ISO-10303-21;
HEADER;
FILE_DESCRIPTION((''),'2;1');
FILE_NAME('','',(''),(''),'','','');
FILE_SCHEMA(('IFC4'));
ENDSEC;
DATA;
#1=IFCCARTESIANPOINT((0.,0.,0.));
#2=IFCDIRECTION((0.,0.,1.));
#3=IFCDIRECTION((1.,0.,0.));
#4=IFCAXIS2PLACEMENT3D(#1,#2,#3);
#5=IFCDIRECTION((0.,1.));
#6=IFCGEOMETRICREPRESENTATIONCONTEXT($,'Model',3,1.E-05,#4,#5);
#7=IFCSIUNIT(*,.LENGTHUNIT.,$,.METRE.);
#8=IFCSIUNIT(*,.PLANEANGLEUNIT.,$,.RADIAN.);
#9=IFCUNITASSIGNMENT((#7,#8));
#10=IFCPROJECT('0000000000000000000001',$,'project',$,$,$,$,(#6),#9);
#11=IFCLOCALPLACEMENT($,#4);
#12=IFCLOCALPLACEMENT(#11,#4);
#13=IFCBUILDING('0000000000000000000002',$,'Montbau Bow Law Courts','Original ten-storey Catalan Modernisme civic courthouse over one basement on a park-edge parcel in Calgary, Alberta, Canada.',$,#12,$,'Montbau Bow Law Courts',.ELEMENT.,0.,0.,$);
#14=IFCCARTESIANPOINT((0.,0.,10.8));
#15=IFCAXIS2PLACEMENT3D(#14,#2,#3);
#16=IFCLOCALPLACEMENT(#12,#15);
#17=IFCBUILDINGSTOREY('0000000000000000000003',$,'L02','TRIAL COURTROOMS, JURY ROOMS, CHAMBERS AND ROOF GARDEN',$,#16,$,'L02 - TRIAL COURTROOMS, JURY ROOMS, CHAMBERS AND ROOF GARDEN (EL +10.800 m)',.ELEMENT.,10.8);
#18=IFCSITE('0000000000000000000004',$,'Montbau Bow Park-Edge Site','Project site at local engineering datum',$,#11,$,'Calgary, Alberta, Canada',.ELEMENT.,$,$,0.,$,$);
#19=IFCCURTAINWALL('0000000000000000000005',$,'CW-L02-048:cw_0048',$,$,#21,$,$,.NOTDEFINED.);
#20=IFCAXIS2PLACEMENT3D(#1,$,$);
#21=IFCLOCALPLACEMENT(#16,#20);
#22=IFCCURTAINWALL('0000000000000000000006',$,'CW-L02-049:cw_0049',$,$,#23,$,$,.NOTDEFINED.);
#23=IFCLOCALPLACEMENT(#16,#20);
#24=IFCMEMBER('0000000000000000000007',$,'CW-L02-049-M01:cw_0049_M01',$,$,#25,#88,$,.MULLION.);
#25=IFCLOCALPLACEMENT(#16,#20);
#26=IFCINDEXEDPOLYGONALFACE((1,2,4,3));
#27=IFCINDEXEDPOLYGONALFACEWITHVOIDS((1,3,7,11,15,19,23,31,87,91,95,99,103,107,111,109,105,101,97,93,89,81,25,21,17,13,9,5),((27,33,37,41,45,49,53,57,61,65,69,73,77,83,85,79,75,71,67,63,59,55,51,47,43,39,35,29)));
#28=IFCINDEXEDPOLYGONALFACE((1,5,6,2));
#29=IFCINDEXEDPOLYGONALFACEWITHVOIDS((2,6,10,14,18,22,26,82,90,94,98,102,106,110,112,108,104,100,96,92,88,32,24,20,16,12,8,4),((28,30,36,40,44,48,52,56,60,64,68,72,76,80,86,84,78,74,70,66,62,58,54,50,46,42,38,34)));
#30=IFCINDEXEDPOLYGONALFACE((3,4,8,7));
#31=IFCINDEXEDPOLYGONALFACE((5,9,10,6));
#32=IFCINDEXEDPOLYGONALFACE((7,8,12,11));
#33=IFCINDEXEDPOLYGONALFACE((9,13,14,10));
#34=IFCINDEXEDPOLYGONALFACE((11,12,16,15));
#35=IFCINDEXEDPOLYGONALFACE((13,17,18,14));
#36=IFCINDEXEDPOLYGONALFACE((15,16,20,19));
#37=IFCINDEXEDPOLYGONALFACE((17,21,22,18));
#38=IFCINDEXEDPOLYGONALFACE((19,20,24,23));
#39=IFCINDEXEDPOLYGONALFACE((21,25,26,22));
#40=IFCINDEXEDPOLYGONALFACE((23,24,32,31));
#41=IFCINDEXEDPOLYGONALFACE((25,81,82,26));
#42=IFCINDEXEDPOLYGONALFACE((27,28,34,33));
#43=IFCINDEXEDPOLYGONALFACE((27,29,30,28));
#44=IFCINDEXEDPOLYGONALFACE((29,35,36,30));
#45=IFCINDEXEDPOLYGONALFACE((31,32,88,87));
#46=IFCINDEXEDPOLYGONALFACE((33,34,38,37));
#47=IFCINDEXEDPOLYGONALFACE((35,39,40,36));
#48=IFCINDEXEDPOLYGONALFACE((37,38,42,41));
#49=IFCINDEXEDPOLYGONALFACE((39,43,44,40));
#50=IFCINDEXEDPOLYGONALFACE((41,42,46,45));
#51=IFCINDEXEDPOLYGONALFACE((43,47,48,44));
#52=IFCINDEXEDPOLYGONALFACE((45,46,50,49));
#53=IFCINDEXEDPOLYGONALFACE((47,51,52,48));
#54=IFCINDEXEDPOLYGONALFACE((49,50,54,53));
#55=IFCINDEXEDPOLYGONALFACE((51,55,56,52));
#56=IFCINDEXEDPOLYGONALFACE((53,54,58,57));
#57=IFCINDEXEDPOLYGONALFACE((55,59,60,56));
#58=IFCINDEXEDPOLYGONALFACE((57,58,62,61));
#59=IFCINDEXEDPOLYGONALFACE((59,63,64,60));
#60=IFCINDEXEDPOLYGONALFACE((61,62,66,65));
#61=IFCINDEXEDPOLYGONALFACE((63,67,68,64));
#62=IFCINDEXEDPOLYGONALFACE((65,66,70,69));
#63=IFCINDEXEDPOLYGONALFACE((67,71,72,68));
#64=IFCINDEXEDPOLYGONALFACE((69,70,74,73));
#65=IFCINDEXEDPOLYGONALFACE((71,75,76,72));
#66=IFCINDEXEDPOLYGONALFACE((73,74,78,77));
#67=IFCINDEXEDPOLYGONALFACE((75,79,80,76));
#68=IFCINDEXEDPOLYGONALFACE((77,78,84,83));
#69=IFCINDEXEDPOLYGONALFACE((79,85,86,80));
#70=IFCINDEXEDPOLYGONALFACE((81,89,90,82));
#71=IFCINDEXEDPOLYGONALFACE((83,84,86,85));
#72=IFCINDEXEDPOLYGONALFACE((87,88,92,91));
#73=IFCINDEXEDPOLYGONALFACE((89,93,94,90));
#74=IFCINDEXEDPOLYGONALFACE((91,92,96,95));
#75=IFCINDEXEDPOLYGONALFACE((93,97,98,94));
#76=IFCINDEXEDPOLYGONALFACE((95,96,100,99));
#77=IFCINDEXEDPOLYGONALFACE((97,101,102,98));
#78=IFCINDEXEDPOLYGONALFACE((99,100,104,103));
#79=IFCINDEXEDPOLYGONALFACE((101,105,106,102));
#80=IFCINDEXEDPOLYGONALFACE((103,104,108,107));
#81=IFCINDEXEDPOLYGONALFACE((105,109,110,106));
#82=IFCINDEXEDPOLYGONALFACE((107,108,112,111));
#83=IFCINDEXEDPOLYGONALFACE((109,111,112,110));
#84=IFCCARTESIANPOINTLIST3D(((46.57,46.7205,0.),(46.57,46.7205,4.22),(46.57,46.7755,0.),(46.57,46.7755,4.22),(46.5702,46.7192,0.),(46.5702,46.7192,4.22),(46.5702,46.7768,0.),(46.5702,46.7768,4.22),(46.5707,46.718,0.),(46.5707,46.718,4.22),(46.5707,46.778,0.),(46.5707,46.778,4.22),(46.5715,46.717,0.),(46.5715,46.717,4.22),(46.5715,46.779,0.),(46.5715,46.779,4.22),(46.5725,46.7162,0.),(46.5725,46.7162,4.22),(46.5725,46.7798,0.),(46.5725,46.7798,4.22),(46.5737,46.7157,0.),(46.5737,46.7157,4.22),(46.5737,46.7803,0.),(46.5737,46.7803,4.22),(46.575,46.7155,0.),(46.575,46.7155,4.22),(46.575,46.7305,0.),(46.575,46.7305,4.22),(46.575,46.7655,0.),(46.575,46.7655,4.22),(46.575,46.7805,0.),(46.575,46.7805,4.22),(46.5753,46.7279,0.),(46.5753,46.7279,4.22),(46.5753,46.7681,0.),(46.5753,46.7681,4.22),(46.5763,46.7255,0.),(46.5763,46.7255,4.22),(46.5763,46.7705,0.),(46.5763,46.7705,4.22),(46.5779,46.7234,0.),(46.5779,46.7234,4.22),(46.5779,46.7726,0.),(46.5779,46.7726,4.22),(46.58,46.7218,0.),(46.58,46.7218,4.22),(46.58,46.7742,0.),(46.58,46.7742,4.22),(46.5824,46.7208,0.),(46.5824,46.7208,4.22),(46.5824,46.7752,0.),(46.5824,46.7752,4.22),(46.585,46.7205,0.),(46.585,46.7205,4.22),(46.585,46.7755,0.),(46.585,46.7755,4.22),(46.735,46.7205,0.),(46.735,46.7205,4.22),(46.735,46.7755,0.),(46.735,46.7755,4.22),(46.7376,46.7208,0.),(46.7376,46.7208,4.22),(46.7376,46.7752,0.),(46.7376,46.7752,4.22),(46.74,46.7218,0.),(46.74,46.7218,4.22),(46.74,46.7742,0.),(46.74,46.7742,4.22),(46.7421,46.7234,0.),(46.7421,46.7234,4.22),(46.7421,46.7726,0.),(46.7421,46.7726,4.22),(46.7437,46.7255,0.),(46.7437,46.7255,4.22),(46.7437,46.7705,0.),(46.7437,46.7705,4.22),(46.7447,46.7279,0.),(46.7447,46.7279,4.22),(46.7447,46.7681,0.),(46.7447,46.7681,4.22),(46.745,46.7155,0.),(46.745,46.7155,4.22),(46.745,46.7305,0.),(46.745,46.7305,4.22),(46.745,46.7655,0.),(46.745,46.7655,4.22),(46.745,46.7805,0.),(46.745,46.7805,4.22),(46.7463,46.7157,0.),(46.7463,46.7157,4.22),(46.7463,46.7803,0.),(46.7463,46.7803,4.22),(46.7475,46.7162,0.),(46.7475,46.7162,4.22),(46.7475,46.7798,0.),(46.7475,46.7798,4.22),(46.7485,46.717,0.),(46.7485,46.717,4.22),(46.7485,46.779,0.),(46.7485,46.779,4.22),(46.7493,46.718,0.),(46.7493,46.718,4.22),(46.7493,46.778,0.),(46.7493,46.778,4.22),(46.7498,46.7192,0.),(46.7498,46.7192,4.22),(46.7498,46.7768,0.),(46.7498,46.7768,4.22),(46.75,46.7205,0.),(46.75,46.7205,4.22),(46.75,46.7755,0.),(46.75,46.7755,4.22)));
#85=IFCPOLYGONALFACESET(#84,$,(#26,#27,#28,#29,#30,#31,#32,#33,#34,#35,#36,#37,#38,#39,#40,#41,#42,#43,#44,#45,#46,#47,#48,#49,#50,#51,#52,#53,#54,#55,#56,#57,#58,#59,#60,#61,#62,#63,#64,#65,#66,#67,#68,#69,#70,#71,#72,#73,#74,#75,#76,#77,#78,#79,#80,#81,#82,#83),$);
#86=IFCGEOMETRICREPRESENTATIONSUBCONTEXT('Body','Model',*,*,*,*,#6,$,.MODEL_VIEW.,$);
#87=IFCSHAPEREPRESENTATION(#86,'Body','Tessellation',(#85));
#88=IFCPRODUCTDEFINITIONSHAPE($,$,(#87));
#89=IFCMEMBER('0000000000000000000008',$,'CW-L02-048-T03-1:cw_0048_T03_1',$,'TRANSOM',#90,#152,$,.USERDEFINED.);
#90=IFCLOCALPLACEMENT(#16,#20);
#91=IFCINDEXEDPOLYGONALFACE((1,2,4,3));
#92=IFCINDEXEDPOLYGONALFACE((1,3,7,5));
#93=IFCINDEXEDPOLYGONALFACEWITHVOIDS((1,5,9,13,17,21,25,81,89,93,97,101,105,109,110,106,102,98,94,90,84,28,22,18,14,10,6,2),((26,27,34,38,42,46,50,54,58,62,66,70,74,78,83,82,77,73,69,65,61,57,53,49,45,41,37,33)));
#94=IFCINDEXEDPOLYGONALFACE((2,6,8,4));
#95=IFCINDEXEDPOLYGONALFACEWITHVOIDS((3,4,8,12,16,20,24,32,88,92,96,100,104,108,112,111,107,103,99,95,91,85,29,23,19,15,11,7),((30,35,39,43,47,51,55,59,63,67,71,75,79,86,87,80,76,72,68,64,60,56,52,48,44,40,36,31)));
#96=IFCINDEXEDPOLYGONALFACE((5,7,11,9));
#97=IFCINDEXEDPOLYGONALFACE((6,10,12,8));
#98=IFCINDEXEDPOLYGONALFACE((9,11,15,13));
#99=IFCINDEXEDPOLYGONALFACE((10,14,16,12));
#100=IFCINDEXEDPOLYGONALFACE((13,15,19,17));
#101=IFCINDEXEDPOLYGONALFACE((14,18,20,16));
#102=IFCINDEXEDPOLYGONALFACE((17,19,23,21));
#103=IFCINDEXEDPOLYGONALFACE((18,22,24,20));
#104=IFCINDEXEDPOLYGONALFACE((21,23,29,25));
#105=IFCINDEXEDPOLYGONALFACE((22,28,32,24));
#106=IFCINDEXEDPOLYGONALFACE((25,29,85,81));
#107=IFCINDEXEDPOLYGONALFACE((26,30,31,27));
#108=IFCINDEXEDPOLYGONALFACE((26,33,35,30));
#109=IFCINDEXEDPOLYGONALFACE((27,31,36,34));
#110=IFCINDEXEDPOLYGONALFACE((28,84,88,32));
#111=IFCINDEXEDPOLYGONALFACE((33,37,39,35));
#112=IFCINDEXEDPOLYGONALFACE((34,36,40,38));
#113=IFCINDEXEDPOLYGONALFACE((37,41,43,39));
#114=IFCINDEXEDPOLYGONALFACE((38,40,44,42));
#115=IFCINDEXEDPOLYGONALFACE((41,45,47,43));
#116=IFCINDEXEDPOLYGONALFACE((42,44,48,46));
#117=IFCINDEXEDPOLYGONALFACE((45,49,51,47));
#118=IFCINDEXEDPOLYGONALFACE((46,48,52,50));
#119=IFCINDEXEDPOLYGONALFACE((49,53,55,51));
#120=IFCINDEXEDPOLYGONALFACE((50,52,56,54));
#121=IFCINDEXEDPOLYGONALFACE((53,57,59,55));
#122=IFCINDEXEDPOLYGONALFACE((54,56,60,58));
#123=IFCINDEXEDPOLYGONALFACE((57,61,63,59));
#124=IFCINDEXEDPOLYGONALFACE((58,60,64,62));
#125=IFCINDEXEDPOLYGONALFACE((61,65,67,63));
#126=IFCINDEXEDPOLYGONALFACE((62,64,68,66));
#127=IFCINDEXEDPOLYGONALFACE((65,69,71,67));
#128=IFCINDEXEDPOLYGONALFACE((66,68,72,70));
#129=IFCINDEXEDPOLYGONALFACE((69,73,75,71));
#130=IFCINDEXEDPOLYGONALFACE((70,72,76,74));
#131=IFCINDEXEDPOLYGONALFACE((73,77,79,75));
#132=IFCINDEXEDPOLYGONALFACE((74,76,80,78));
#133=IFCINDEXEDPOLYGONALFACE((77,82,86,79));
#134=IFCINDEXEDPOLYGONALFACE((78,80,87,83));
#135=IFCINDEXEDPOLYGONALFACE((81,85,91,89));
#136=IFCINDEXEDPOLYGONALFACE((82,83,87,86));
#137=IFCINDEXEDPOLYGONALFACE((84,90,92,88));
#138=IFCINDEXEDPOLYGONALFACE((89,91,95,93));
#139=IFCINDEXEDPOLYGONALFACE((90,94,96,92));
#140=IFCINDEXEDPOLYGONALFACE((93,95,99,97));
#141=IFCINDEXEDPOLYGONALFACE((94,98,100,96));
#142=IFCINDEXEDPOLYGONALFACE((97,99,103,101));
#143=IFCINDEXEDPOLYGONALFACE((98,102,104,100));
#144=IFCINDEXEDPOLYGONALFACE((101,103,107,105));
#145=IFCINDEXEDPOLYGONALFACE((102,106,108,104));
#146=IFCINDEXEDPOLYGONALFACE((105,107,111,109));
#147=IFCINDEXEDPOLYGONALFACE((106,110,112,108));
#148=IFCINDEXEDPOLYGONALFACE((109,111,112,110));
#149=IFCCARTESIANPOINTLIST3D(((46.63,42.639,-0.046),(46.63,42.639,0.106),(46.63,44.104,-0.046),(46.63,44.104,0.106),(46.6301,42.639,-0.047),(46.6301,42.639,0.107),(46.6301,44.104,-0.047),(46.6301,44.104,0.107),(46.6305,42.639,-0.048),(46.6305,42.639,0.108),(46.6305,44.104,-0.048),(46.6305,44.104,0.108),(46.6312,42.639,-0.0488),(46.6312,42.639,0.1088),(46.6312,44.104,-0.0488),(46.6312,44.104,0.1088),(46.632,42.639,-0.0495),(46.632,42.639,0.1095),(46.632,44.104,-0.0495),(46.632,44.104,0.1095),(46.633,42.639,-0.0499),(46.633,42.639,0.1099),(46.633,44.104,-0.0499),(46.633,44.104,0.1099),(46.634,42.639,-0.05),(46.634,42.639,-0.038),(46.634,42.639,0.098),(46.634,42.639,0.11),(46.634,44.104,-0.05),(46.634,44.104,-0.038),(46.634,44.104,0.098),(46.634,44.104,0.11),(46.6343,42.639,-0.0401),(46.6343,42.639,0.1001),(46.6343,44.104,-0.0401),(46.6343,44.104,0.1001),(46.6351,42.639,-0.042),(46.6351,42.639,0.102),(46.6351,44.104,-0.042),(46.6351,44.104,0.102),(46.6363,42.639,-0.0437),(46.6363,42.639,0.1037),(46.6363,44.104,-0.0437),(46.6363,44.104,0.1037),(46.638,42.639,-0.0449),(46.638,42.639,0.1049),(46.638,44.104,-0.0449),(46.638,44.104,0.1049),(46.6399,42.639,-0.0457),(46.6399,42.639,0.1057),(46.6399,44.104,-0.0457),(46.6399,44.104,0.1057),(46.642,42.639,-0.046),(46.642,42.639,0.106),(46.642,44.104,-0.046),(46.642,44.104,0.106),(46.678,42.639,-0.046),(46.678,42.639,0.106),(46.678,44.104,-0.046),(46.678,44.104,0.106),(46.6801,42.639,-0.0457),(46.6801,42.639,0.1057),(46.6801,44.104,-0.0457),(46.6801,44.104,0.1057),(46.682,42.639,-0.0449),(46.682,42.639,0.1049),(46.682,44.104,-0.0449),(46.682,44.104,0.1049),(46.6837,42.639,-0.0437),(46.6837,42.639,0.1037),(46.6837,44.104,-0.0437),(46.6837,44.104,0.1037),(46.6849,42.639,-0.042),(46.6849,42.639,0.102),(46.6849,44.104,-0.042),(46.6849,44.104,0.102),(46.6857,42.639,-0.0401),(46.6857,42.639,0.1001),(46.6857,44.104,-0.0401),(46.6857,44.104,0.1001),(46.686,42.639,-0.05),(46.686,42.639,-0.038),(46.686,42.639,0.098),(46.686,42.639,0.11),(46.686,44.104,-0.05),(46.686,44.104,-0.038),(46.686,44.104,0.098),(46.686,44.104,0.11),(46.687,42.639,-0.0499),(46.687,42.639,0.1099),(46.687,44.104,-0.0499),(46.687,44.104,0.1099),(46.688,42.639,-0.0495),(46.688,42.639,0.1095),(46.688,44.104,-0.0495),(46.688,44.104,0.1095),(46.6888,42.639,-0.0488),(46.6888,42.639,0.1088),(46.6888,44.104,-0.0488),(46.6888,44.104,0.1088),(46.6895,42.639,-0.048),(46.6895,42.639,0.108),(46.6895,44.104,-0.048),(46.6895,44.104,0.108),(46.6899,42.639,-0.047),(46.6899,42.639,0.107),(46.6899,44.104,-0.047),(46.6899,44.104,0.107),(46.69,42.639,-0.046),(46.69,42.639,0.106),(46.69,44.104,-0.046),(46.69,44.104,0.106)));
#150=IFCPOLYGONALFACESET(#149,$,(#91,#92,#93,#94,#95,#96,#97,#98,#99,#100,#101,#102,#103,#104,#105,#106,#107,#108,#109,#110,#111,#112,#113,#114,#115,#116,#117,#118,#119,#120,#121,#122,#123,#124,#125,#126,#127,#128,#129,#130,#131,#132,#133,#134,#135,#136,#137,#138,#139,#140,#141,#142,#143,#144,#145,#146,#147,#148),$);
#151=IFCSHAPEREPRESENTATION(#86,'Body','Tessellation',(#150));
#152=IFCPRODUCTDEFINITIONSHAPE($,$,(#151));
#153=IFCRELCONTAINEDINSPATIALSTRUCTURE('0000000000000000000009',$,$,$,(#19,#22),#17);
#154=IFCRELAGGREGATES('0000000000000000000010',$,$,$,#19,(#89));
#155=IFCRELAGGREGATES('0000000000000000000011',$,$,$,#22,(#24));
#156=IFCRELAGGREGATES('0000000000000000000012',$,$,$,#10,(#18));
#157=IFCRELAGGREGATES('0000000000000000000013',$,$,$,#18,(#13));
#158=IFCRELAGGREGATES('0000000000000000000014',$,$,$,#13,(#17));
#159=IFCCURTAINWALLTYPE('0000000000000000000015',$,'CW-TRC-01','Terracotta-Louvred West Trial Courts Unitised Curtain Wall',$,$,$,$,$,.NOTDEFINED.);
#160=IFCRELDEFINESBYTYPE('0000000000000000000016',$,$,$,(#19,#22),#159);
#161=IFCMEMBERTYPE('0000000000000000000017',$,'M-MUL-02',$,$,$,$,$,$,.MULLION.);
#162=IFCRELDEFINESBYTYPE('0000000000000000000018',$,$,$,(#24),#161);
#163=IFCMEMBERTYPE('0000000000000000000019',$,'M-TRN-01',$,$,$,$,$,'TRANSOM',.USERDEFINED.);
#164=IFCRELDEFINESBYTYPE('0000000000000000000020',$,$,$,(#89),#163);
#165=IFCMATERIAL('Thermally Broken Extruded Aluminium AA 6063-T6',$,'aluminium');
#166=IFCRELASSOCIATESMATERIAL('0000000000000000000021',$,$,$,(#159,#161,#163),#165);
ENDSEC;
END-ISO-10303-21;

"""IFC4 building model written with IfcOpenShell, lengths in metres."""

from ifc_helpers import new_model, si_unit, direction, frame, origin_with_axes, origin_2d_with_axis, place, context, subcontext, project, spatial, hollow_rectangle, extrude, material, material_profile, profile_set, type_object, element, aggregate, save


model = new_model("IFC4")

# Units and contexts
model_context = context("Model", 3, precision=1e-05, world=origin_with_axes(), true_north=direction((0.0, 1.0)))
body_context = subcontext(model_context, "Body", "Model", "MODEL_VIEW")
ifc_project = project(units=[si_unit("LENGTHUNIT", "METRE"), si_unit("PLANEANGLEUNIT", "RADIAN")], contexts=[model_context])

# Site, building, storey
site_placement = place(None, origin_with_axes())
site = spatial("IfcSite", under=ifc_project, at=site_placement, Name="Montbau Bow Park-Edge Site", Description="Project site at local engineering datum", LongName="Calgary, Alberta, Canada", CompositionType="ELEMENT", RefElevation=0.0)
building_placement = place(site_placement, origin_with_axes())
building = spatial("IfcBuilding", under=site, at=building_placement, Name="Montbau Bow Law Courts", Description="Original ten-storey Catalan Modernisme civic courthouse over one basement on a park-edge parcel in Calgary, Alberta, Canada.", LongName="Montbau Bow Law Courts", CompositionType="ELEMENT", ElevationOfRefHeight=0.0, ElevationOfTerrain=0.0)
storey_placement = place(building_placement, frame((0.0, 0.0, 10.8), z_axis=(0.0, 0.0, 1.0), x_axis=(1.0, 0.0, 0.0)))
storey = spatial("IfcBuildingStorey", under=building, at=storey_placement, Name="L02", Description="TRIAL COURTROOMS, JURY ROOMS, CHAMBERS AND ROOF GARDEN", LongName="L02 - TRIAL COURTROOMS, JURY ROOMS, CHAMBERS AND ROOF GARDEN (EL +10.800 m)", CompositionType="ELEMENT", Elevation=10.8)

# Curtain wall
ifc_material_1 = material(Name="Thermally Broken Extruded Aluminium AA 6063-T6", Category="aluminium")
curtain_wall_type = type_object("IfcCurtainWallType", Name="CW-TRC-01", Description="Terracotta-Louvred West Trial Courts Unitised Curtain Wall", PredefinedType="NOTDEFINED", material=ifc_material_1)
curtain_wall_1_placement = place(None, frame((46.66, 39.515, 10.8), z_axis=(0.0, 0.0, 1.0), x_axis=(1.0, 0.0, 0.0)))
curtain_wall_1 = element("IfcCurtainWall", 1, at=curtain_wall_1_placement, inside=storey, type_object=curtain_wall_type, Name="CW-L02-048:cw_0048", PredefinedType="NOTDEFINED")

# Curtain wall, member
curtain_wall_2_placement = place(None, frame((46.66, 46.715, 10.8), z_axis=(0.0, 0.0, 1.0), x_axis=(1.0, 0.0, 0.0)))
curtain_wall_2 = element("IfcCurtainWall", 2, at=curtain_wall_2_placement, inside=storey, type_object=curtain_wall_type, Name="CW-L02-049:cw_0049", PredefinedType="NOTDEFINED")
ifc_material_profile_1 = material_profile(ifc_material_1, hollow_rectangle(XDim=0.065, YDim=0.18, WallThickness=0.005, InnerFilletRadius=0.01, OuterFilletRadius=0.005, at=origin_2d_with_axis()), Name="CWM-180X65", Category="Main", Priority=0)
ifc_profile_set_1 = profile_set([ifc_material_profile_1], Name="Thermally Broken Extruded Aluminium AA 6063-T6")
member_type_1 = type_object("IfcMemberType", Name="M-MUL-02", PredefinedType="MULLION", material=ifc_profile_set_1)
member_1_placement = place(None, frame((46.66, 46.748, 10.8), z_axis=(0.0, 0.0, 1.0), x_axis=(0.0, 1.0, 0.0)))
member_1 = element("IfcMember", 3, at=member_1_placement, type_object=member_type_1, Name="CW-L02-049-M01:cw_0049_M01", PredefinedType="MULLION", context=body_context, shape_type="SweptSolid", body=[
    extrude(hollow_rectangle(XDim=0.065, YDim=0.18, WallThickness=0.005, InnerFilletRadius=0.01, OuterFilletRadius=0.005, at=origin_2d_with_axis()), origin_with_axes(), (0.0, 0.0, 1.0), 4.22),
])

# Member
ifc_material_profile_2 = material_profile(ifc_material_1, hollow_rectangle(XDim=0.06, YDim=0.16, WallThickness=0.004, InnerFilletRadius=0.008, OuterFilletRadius=0.004, at=origin_2d_with_axis()), Name="CWT-160X60", Category="Main", Priority=0)
ifc_profile_set_2 = profile_set([ifc_material_profile_2], Name="Thermally Broken Extruded Aluminium AA 6063-T6")
member_type_2 = type_object("IfcMemberType", Name="M-TRN-01", ElementType="TRANSOM", PredefinedType="USERDEFINED", material=ifc_profile_set_2)
member_2_placement = place(None, frame((46.66, 42.639, 10.83), z_axis=(0.0, 1.0, 0.0), x_axis=(-1.0, 0.0, 0.0)))
member_2 = element("IfcMember", 4, at=member_2_placement, type_object=member_type_2, Name="CW-L02-048-T03-1:cw_0048_T03_1", ObjectType="TRANSOM", PredefinedType="USERDEFINED", context=body_context, shape_type="SweptSolid", body=[
    extrude(hollow_rectangle(XDim=0.06, YDim=0.16, WallThickness=0.004, InnerFilletRadius=0.008, OuterFilletRadius=0.004, at=origin_2d_with_axis()), origin_with_axes(), (0.0, 0.0, 1.0), 1.465),
])

aggregate(curtain_wall_1, [member_2])
aggregate(curtain_wall_2, [member_1])

save(model, "model.ifc")
